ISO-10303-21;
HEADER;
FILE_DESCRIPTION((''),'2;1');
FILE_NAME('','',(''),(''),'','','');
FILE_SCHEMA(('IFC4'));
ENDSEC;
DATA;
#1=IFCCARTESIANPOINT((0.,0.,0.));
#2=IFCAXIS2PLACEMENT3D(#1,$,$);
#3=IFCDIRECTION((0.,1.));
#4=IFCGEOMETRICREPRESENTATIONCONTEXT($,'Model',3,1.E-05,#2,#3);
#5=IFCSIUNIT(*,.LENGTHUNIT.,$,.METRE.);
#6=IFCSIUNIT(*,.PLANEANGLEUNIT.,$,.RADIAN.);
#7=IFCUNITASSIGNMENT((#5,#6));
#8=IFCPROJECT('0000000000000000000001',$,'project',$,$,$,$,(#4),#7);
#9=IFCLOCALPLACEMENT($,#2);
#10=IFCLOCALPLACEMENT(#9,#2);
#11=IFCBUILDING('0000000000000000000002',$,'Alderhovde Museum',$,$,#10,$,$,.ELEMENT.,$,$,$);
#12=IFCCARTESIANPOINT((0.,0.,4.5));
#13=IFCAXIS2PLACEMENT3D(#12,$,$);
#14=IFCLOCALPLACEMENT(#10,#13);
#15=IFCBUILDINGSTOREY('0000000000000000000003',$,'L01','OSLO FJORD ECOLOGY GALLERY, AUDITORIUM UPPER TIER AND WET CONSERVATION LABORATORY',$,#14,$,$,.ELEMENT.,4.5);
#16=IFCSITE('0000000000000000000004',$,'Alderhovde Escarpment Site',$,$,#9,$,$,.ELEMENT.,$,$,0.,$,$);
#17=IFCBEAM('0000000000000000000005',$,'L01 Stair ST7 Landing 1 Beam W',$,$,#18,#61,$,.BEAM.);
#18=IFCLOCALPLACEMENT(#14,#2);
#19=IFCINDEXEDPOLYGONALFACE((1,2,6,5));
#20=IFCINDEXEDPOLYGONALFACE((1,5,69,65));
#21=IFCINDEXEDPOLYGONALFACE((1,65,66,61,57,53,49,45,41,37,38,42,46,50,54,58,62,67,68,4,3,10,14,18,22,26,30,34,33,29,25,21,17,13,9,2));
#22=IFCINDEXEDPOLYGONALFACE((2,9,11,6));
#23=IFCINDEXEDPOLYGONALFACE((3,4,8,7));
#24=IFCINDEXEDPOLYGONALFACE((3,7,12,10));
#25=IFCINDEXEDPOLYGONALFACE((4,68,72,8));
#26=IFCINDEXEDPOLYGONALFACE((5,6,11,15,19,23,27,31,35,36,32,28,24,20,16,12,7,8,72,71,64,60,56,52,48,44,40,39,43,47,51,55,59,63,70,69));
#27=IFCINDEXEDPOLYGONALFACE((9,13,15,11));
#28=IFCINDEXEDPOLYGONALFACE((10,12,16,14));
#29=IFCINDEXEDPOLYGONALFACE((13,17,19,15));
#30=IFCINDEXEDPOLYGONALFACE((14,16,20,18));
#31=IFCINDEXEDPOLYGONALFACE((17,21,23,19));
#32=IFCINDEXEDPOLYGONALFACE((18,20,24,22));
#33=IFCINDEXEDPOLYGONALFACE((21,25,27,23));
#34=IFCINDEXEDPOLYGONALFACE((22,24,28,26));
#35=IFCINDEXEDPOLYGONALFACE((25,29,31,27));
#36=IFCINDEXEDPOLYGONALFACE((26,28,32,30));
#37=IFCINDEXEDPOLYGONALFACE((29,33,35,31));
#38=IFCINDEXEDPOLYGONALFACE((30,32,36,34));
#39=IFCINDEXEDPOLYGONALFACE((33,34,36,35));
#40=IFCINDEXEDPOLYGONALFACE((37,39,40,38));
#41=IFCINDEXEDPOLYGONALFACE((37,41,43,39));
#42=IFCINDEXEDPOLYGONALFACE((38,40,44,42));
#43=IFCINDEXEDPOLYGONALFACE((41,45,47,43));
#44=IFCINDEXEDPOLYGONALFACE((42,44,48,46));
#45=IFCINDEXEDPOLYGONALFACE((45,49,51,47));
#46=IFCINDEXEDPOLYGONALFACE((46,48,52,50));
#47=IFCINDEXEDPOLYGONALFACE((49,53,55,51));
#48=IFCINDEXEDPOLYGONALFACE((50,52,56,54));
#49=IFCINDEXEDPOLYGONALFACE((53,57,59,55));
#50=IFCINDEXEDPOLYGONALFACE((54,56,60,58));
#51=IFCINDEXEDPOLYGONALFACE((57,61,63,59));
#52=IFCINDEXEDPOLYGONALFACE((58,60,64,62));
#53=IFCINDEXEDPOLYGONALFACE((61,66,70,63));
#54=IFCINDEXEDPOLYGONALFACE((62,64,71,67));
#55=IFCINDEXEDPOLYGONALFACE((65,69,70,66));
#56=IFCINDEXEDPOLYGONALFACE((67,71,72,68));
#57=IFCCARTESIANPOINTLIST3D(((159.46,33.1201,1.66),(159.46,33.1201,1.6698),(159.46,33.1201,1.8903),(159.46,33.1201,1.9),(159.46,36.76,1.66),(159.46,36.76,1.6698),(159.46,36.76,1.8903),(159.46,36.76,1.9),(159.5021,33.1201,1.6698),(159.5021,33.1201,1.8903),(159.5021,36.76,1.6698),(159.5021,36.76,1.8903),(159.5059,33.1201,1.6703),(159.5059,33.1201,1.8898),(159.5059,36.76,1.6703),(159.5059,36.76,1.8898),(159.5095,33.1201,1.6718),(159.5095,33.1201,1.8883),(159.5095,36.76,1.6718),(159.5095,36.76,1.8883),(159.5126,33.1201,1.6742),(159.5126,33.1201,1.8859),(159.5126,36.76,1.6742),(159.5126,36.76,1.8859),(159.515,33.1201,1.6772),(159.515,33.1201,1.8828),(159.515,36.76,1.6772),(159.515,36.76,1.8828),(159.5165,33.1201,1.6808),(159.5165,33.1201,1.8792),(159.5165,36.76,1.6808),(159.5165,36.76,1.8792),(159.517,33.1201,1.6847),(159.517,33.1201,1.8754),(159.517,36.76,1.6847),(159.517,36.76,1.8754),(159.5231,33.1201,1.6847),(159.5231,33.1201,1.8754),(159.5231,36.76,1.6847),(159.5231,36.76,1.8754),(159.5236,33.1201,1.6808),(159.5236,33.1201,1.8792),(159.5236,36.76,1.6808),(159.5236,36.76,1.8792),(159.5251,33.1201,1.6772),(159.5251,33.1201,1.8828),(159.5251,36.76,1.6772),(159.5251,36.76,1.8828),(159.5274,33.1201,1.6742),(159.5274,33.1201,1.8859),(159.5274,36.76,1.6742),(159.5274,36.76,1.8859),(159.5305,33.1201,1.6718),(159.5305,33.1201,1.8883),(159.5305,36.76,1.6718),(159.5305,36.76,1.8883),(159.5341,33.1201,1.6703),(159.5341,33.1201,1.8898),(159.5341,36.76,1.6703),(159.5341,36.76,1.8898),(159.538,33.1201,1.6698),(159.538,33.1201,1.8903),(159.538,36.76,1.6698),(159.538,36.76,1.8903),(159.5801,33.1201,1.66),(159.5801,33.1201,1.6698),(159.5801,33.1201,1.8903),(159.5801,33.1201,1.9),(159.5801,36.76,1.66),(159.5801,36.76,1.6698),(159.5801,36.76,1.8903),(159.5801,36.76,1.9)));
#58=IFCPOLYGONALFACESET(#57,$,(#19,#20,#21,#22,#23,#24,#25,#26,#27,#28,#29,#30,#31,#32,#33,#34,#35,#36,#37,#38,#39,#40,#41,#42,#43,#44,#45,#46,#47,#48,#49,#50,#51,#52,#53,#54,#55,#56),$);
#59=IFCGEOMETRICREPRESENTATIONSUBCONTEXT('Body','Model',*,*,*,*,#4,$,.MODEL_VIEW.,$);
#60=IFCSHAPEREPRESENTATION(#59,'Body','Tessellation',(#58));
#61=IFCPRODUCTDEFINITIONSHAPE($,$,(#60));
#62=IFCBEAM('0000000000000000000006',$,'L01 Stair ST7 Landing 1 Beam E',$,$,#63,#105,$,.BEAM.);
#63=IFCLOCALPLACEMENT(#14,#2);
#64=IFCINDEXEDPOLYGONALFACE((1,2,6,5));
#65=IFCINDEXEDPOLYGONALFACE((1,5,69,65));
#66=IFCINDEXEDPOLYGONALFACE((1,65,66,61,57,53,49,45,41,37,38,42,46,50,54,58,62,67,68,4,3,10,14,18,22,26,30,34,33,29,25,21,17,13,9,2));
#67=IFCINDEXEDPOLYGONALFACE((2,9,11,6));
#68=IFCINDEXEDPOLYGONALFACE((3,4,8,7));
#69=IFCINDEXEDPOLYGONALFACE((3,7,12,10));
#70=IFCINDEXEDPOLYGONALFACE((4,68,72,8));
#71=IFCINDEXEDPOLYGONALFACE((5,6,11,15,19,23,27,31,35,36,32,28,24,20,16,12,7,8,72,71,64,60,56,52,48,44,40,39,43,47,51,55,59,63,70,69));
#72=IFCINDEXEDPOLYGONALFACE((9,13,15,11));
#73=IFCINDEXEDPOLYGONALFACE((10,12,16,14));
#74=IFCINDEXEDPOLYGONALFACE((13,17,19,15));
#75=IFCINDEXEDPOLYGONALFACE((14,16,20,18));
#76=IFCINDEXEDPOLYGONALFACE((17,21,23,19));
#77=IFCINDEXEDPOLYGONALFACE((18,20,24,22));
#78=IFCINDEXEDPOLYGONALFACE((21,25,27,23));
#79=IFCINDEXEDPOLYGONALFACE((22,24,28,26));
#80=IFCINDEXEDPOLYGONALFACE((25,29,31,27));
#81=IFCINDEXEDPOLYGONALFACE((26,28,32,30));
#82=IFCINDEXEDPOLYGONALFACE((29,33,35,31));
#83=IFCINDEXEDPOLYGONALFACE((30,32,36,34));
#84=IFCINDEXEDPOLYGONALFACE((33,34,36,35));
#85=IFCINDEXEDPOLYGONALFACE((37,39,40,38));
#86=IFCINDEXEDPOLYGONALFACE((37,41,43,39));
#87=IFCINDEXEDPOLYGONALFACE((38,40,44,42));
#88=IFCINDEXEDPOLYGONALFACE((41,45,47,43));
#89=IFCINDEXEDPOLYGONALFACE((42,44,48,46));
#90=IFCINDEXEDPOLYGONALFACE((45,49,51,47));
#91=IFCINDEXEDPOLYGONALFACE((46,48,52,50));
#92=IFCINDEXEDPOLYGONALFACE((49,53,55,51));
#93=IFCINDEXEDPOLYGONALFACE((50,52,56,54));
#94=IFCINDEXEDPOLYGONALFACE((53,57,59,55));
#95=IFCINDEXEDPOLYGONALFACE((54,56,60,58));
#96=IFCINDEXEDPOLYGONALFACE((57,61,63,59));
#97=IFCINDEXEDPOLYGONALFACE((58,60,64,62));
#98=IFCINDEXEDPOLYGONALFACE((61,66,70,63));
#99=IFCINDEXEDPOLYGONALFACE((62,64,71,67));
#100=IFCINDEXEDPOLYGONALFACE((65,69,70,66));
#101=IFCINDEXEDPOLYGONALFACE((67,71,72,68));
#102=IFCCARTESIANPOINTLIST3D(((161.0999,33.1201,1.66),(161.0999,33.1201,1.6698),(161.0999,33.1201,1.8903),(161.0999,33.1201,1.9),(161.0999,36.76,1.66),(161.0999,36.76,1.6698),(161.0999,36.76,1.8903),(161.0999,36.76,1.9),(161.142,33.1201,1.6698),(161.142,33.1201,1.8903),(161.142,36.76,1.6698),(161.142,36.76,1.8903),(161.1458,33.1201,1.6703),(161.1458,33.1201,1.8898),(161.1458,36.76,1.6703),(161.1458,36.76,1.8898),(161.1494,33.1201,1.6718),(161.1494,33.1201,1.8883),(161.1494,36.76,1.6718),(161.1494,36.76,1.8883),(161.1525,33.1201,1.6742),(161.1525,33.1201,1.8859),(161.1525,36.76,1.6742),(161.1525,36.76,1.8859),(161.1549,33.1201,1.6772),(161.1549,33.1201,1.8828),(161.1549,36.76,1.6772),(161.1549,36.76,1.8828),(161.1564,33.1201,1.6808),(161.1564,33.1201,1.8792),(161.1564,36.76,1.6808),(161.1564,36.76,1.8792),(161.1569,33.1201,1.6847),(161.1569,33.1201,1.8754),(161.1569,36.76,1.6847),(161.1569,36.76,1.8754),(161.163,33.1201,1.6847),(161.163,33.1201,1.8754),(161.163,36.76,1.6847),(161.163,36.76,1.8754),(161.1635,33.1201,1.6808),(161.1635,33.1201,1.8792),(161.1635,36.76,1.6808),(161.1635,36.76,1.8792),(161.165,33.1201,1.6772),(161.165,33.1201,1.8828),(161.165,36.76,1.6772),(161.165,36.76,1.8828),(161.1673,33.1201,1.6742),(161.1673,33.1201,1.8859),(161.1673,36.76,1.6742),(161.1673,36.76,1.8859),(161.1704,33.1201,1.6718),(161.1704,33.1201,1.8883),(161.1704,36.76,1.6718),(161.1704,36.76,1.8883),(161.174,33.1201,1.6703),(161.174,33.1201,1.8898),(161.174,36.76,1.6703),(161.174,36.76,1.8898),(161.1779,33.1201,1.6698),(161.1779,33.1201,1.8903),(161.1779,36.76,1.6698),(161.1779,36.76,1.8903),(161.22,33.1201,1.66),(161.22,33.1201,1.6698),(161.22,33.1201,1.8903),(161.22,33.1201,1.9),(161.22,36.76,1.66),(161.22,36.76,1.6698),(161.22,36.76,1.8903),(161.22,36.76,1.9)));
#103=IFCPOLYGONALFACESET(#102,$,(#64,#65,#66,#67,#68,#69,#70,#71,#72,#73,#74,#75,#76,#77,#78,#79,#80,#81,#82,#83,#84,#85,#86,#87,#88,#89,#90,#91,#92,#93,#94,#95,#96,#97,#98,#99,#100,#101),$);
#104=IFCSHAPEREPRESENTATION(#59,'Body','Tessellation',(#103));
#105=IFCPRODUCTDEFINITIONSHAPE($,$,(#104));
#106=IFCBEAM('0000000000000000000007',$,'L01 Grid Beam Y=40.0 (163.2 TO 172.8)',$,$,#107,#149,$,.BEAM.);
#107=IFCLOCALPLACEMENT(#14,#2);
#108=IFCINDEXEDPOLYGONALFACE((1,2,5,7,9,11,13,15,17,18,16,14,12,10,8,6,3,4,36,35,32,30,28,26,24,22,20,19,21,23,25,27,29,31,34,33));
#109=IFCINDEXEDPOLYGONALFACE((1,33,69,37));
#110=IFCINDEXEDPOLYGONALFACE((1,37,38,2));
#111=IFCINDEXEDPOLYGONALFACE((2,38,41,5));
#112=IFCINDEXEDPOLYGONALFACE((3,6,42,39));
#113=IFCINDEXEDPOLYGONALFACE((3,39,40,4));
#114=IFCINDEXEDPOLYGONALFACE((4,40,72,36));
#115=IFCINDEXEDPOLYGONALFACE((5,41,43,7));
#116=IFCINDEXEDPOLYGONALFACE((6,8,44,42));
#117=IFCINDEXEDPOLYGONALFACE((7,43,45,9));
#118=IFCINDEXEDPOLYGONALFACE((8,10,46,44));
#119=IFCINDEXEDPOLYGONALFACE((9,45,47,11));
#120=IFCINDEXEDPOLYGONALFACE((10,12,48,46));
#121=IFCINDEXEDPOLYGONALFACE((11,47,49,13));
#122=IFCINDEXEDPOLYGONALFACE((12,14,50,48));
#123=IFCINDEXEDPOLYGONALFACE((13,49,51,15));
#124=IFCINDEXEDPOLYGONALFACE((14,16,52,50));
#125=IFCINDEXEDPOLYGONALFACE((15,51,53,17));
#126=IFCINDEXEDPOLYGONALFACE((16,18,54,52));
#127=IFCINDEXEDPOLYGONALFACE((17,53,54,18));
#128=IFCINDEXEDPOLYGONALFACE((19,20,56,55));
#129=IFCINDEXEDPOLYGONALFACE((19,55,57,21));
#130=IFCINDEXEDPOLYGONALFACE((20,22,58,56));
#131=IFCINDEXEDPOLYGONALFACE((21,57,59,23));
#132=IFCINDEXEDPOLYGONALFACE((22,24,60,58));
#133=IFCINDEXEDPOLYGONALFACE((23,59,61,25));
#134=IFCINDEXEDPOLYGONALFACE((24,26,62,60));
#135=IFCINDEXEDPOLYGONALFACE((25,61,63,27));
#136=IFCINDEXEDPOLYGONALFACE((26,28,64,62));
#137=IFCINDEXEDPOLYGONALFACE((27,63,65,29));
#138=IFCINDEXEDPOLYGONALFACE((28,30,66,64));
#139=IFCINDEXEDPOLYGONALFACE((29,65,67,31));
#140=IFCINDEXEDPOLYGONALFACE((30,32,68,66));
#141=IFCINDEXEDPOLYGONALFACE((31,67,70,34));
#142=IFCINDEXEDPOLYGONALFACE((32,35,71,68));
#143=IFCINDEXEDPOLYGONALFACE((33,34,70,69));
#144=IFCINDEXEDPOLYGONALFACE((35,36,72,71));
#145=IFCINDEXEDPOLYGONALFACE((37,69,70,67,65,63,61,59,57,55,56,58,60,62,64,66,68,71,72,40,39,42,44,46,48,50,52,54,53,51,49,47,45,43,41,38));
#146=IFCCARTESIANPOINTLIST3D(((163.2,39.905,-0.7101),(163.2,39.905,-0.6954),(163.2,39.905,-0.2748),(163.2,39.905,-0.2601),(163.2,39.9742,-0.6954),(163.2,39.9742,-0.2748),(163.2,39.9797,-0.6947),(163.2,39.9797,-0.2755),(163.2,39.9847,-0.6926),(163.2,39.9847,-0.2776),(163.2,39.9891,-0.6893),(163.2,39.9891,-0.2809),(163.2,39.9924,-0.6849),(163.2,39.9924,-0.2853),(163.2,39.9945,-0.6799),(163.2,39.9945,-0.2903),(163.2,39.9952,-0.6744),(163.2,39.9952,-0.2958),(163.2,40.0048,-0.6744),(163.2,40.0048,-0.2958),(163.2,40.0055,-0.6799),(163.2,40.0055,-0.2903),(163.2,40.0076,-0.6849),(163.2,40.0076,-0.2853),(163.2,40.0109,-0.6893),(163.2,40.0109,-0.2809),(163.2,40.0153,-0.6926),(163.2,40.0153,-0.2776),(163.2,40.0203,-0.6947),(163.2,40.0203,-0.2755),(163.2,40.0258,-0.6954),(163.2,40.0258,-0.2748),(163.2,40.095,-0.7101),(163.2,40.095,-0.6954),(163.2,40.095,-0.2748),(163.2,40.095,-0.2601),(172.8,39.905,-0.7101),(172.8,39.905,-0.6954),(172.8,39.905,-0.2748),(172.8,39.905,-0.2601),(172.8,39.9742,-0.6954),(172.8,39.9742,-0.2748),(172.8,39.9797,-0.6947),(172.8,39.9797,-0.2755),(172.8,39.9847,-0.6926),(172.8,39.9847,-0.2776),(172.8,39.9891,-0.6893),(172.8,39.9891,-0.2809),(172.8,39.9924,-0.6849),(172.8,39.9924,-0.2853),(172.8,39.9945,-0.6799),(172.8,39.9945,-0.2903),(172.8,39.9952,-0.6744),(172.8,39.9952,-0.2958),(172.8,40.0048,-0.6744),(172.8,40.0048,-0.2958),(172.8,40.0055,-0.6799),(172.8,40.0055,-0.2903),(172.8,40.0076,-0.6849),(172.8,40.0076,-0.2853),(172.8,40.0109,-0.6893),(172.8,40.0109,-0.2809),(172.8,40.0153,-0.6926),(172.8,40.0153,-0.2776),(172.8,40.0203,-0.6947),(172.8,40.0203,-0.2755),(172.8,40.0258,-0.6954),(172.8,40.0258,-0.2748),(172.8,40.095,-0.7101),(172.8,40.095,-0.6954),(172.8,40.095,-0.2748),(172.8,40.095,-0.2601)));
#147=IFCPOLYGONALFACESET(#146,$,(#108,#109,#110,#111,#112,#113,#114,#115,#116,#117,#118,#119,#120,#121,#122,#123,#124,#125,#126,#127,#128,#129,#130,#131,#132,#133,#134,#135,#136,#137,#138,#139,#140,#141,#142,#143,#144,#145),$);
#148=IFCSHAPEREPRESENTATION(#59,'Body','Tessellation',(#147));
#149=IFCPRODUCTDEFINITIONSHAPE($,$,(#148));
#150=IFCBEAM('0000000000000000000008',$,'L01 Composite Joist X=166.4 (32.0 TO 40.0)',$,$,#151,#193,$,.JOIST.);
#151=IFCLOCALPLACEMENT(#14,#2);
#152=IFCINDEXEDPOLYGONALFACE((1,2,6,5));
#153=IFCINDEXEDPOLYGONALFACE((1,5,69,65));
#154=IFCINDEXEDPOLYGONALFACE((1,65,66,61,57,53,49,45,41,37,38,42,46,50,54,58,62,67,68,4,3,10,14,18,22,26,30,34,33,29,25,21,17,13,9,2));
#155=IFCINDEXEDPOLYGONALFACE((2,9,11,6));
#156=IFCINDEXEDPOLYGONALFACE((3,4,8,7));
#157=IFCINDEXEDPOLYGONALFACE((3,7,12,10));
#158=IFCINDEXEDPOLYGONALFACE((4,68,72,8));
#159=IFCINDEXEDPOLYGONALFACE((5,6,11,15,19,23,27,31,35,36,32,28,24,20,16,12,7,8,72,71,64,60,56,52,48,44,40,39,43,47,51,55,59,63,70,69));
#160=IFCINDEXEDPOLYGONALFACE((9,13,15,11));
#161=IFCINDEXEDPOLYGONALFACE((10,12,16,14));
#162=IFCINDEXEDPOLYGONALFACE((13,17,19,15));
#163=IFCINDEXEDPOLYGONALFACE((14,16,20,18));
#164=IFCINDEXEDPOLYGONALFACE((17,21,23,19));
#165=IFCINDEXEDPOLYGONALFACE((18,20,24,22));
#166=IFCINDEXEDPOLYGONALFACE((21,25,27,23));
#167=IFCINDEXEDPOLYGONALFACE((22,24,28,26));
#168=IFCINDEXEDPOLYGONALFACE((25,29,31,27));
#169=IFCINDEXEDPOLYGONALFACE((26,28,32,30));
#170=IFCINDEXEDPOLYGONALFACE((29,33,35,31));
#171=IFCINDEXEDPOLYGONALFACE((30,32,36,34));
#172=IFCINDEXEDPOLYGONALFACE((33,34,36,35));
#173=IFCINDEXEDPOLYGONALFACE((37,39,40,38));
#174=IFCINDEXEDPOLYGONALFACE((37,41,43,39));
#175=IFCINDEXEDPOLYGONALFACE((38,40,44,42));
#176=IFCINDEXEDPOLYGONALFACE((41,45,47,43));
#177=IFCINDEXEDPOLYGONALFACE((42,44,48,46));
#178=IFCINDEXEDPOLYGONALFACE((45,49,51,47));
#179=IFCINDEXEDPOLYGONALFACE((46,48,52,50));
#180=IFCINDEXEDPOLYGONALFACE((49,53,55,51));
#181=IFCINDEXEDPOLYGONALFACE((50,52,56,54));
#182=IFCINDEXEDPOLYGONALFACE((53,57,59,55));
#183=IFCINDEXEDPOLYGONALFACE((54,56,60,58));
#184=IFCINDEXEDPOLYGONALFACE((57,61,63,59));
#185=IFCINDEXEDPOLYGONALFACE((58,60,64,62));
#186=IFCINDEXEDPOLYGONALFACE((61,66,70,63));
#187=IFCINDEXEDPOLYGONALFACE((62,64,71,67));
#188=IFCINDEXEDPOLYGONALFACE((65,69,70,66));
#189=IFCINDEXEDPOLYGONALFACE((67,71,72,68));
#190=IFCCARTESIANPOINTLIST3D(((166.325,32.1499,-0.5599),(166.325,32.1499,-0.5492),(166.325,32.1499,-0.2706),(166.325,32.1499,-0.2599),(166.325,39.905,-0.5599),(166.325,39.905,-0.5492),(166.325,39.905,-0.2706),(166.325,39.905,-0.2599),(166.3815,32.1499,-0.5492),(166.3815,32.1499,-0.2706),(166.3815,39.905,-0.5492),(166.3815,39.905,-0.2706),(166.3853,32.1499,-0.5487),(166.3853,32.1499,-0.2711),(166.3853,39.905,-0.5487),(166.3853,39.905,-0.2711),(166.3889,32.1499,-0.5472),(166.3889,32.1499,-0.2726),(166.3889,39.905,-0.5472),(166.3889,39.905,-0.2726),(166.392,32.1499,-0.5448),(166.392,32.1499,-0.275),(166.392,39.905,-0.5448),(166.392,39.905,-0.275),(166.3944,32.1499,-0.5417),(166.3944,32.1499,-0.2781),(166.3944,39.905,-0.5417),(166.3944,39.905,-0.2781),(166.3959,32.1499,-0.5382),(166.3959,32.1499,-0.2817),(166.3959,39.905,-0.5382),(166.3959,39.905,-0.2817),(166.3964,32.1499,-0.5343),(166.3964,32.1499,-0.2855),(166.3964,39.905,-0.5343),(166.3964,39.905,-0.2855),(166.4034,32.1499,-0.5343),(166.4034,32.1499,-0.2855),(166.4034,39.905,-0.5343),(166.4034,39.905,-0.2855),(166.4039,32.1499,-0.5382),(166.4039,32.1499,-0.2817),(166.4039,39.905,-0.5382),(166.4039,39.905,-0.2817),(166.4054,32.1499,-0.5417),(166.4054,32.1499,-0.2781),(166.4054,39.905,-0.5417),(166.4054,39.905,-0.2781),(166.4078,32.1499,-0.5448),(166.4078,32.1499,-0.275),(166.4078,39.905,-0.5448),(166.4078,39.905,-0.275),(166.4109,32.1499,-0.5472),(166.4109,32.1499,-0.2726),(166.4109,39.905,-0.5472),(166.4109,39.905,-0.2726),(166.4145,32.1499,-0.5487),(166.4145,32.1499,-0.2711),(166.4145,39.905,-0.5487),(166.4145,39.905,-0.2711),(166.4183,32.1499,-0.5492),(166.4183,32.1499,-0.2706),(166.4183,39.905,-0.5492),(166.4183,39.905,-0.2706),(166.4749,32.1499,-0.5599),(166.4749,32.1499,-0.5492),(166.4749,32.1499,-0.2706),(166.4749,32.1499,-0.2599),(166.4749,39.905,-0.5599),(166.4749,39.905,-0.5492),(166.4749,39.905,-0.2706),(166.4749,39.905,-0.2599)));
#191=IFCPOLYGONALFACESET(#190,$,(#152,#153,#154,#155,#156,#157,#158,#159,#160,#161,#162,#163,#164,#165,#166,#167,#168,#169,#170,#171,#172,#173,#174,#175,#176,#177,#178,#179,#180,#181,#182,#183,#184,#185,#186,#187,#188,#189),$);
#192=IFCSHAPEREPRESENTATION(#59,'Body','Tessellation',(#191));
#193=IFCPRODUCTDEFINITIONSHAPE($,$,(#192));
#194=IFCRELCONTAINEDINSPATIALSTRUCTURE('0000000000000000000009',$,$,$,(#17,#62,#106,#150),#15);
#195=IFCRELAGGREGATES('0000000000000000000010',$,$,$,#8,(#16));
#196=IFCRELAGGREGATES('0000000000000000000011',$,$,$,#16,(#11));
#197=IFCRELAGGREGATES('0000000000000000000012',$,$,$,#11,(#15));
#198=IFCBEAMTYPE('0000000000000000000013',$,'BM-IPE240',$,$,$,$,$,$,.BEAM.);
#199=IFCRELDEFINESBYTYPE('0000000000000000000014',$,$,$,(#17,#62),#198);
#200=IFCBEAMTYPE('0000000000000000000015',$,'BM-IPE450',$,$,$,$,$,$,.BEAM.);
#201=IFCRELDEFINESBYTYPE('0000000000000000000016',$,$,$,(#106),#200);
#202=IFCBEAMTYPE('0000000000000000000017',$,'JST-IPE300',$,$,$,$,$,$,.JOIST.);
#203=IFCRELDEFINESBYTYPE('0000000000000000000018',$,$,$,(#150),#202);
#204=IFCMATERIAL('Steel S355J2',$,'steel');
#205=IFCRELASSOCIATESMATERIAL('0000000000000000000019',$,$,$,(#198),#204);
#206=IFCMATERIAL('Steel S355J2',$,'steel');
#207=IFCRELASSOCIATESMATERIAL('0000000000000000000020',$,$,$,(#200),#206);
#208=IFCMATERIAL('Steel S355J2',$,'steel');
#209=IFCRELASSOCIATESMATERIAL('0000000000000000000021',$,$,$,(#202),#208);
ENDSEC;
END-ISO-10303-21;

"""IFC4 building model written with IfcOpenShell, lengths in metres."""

from ifc_helpers import new_model, si_unit, direction, frame, origin, origin_2d, place, context, subcontext, project, spatial, i_section, extrude, material, material_profile, profile_set, type_object, element, save


model = new_model("IFC4")

# Units and contexts
model_context = context("Model", 3, precision=1e-05, world=origin(), true_north=direction((0.0, 1.0)))
body_context = subcontext(model_context, "Body", "Model", "MODEL_VIEW")
ifc_project = project(units=[si_unit("LENGTHUNIT", "METRE"), si_unit("PLANEANGLEUNIT", "RADIAN")], contexts=[model_context])

# Site, building, storey
site_placement = place(None, origin())
site = spatial("IfcSite", under=ifc_project, at=site_placement, Name="Alderhovde Escarpment Site", CompositionType="ELEMENT", RefElevation=0.0)
building_placement = place(site_placement, origin())
building = spatial("IfcBuilding", under=site, at=building_placement, Name="Alderhovde Museum", CompositionType="ELEMENT")
storey_placement = place(building_placement, frame((0.0, 0.0, 4.5)))
storey = spatial("IfcBuildingStorey", under=building, at=storey_placement, Name="L01", Description="OSLO FJORD ECOLOGY GALLERY, AUDITORIUM UPPER TIER AND WET CONSERVATION LABORATORY", CompositionType="ELEMENT", Elevation=4.5)

# Beams
ifc_material_1 = material(Name="Steel S355J2", Category="steel")
ifc_material_profile_1 = material_profile(ifc_material_1, i_section(OverallWidth=0.1201, OverallDepth=0.24, WebThickness=0.0061, FlangeThickness=0.0098, FilletRadius=0.0149, at=origin_2d()), Name="IPE 240")
ifc_profile_set_1 = profile_set([ifc_material_profile_1], Name="Steel S355J2")
beam_type_1 = type_object("IfcBeamType", Name="BM-IPE240", PredefinedType="BEAM", material=ifc_profile_set_1)
for number, where, z_axis, x_axis, name in (
    (1, (159.52, 33.1201, 1.78), (0.0, 1.0, 0.0), (-1.0, 0.0, 0.0), "L01 Stair ST7 Landing 1 Beam W"),
    (2, (161.1599, 33.1201, 1.78), (0.0, 1.0, 0.0), (-1.0, 0.0, 0.0), "L01 Stair ST7 Landing 1 Beam E"),
):
    element("IfcBeam", number, at=place(storey_placement, frame(where, z_axis=z_axis, x_axis=x_axis)), inside=storey, type_object=beam_type_1, Name=name, PredefinedType="BEAM", context=body_context, shape_type="SweptSolid", body=[
        extrude(i_section(OverallWidth=0.1201, OverallDepth=0.24, WebThickness=0.0061, FlangeThickness=0.0098, FilletRadius=0.0149, at=origin_2d()), origin(), (0.0, 0.0, 1.0), 3.6399),
    ])
ifc_material_2 = material(Name="Steel S355J2", Category="steel")
ifc_material_profile_2 = material_profile(ifc_material_2, i_section(OverallWidth=0.1899, OverallDepth=0.45, WebThickness=0.0095, FlangeThickness=0.0146, FilletRadius=0.021, at=origin_2d()), Name="IPE 450")
ifc_profile_set_2 = profile_set([ifc_material_profile_2], Name="Steel S355J2")
beam_type_2 = type_object("IfcBeamType", Name="BM-IPE450", PredefinedType="BEAM", material=ifc_profile_set_2)
beam_1_placement = place(storey_placement, frame((163.2, 40.0, -0.4851), z_axis=(1.0, 0.0, 0.0), x_axis=(0.0, 1.0, 0.0)))
element("IfcBeam", 3, at=beam_1_placement, inside=storey, type_object=beam_type_2, Name="L01 Grid Beam Y=40.0 (163.2 TO 172.8)", PredefinedType="BEAM", context=body_context, shape_type="SweptSolid", body=[
    extrude(i_section(OverallWidth=0.1899, OverallDepth=0.45, WebThickness=0.0095, FlangeThickness=0.0146, FilletRadius=0.021, at=origin_2d()), origin(), (0.0, 0.0, 1.0), 9.6001),
])
ifc_material_3 = material(Name="Steel S355J2", Category="steel")
ifc_material_profile_3 = material_profile(ifc_material_3, i_section(OverallWidth=0.1499, OverallDepth=0.3, WebThickness=0.0071, FlangeThickness=0.0107, FilletRadius=0.0149, at=origin_2d()), Name="IPE 300")
ifc_profile_set_3 = profile_set([ifc_material_profile_3], Name="Steel S355J2")
beam_type_3 = type_object("IfcBeamType", Name="JST-IPE300", PredefinedType="JOIST", material=ifc_profile_set_3)
for number, where, z_axis, x_axis, name in (
    (4, (166.3999, 32.1499, -0.4099), (0.0, 1.0, 0.0), (-1.0, 0.0, 0.0), "L01 Composite Joist X=166.4 (32.0 TO 40.0)"),
):
    element("IfcBeam", number, at=place(storey_placement, frame(where, z_axis=z_axis, x_axis=x_axis)), inside=storey, type_object=beam_type_3, Name=name, PredefinedType="JOIST", context=body_context, shape_type="SweptSolid", body=[
        extrude(i_section(OverallWidth=0.1499, OverallDepth=0.3, WebThickness=0.0071, FlangeThickness=0.0107, FilletRadius=0.0149, at=origin_2d()), origin(), (0.0, 0.0, 1.0), 7.7551),
    ])

save(model, "model.ifc")
